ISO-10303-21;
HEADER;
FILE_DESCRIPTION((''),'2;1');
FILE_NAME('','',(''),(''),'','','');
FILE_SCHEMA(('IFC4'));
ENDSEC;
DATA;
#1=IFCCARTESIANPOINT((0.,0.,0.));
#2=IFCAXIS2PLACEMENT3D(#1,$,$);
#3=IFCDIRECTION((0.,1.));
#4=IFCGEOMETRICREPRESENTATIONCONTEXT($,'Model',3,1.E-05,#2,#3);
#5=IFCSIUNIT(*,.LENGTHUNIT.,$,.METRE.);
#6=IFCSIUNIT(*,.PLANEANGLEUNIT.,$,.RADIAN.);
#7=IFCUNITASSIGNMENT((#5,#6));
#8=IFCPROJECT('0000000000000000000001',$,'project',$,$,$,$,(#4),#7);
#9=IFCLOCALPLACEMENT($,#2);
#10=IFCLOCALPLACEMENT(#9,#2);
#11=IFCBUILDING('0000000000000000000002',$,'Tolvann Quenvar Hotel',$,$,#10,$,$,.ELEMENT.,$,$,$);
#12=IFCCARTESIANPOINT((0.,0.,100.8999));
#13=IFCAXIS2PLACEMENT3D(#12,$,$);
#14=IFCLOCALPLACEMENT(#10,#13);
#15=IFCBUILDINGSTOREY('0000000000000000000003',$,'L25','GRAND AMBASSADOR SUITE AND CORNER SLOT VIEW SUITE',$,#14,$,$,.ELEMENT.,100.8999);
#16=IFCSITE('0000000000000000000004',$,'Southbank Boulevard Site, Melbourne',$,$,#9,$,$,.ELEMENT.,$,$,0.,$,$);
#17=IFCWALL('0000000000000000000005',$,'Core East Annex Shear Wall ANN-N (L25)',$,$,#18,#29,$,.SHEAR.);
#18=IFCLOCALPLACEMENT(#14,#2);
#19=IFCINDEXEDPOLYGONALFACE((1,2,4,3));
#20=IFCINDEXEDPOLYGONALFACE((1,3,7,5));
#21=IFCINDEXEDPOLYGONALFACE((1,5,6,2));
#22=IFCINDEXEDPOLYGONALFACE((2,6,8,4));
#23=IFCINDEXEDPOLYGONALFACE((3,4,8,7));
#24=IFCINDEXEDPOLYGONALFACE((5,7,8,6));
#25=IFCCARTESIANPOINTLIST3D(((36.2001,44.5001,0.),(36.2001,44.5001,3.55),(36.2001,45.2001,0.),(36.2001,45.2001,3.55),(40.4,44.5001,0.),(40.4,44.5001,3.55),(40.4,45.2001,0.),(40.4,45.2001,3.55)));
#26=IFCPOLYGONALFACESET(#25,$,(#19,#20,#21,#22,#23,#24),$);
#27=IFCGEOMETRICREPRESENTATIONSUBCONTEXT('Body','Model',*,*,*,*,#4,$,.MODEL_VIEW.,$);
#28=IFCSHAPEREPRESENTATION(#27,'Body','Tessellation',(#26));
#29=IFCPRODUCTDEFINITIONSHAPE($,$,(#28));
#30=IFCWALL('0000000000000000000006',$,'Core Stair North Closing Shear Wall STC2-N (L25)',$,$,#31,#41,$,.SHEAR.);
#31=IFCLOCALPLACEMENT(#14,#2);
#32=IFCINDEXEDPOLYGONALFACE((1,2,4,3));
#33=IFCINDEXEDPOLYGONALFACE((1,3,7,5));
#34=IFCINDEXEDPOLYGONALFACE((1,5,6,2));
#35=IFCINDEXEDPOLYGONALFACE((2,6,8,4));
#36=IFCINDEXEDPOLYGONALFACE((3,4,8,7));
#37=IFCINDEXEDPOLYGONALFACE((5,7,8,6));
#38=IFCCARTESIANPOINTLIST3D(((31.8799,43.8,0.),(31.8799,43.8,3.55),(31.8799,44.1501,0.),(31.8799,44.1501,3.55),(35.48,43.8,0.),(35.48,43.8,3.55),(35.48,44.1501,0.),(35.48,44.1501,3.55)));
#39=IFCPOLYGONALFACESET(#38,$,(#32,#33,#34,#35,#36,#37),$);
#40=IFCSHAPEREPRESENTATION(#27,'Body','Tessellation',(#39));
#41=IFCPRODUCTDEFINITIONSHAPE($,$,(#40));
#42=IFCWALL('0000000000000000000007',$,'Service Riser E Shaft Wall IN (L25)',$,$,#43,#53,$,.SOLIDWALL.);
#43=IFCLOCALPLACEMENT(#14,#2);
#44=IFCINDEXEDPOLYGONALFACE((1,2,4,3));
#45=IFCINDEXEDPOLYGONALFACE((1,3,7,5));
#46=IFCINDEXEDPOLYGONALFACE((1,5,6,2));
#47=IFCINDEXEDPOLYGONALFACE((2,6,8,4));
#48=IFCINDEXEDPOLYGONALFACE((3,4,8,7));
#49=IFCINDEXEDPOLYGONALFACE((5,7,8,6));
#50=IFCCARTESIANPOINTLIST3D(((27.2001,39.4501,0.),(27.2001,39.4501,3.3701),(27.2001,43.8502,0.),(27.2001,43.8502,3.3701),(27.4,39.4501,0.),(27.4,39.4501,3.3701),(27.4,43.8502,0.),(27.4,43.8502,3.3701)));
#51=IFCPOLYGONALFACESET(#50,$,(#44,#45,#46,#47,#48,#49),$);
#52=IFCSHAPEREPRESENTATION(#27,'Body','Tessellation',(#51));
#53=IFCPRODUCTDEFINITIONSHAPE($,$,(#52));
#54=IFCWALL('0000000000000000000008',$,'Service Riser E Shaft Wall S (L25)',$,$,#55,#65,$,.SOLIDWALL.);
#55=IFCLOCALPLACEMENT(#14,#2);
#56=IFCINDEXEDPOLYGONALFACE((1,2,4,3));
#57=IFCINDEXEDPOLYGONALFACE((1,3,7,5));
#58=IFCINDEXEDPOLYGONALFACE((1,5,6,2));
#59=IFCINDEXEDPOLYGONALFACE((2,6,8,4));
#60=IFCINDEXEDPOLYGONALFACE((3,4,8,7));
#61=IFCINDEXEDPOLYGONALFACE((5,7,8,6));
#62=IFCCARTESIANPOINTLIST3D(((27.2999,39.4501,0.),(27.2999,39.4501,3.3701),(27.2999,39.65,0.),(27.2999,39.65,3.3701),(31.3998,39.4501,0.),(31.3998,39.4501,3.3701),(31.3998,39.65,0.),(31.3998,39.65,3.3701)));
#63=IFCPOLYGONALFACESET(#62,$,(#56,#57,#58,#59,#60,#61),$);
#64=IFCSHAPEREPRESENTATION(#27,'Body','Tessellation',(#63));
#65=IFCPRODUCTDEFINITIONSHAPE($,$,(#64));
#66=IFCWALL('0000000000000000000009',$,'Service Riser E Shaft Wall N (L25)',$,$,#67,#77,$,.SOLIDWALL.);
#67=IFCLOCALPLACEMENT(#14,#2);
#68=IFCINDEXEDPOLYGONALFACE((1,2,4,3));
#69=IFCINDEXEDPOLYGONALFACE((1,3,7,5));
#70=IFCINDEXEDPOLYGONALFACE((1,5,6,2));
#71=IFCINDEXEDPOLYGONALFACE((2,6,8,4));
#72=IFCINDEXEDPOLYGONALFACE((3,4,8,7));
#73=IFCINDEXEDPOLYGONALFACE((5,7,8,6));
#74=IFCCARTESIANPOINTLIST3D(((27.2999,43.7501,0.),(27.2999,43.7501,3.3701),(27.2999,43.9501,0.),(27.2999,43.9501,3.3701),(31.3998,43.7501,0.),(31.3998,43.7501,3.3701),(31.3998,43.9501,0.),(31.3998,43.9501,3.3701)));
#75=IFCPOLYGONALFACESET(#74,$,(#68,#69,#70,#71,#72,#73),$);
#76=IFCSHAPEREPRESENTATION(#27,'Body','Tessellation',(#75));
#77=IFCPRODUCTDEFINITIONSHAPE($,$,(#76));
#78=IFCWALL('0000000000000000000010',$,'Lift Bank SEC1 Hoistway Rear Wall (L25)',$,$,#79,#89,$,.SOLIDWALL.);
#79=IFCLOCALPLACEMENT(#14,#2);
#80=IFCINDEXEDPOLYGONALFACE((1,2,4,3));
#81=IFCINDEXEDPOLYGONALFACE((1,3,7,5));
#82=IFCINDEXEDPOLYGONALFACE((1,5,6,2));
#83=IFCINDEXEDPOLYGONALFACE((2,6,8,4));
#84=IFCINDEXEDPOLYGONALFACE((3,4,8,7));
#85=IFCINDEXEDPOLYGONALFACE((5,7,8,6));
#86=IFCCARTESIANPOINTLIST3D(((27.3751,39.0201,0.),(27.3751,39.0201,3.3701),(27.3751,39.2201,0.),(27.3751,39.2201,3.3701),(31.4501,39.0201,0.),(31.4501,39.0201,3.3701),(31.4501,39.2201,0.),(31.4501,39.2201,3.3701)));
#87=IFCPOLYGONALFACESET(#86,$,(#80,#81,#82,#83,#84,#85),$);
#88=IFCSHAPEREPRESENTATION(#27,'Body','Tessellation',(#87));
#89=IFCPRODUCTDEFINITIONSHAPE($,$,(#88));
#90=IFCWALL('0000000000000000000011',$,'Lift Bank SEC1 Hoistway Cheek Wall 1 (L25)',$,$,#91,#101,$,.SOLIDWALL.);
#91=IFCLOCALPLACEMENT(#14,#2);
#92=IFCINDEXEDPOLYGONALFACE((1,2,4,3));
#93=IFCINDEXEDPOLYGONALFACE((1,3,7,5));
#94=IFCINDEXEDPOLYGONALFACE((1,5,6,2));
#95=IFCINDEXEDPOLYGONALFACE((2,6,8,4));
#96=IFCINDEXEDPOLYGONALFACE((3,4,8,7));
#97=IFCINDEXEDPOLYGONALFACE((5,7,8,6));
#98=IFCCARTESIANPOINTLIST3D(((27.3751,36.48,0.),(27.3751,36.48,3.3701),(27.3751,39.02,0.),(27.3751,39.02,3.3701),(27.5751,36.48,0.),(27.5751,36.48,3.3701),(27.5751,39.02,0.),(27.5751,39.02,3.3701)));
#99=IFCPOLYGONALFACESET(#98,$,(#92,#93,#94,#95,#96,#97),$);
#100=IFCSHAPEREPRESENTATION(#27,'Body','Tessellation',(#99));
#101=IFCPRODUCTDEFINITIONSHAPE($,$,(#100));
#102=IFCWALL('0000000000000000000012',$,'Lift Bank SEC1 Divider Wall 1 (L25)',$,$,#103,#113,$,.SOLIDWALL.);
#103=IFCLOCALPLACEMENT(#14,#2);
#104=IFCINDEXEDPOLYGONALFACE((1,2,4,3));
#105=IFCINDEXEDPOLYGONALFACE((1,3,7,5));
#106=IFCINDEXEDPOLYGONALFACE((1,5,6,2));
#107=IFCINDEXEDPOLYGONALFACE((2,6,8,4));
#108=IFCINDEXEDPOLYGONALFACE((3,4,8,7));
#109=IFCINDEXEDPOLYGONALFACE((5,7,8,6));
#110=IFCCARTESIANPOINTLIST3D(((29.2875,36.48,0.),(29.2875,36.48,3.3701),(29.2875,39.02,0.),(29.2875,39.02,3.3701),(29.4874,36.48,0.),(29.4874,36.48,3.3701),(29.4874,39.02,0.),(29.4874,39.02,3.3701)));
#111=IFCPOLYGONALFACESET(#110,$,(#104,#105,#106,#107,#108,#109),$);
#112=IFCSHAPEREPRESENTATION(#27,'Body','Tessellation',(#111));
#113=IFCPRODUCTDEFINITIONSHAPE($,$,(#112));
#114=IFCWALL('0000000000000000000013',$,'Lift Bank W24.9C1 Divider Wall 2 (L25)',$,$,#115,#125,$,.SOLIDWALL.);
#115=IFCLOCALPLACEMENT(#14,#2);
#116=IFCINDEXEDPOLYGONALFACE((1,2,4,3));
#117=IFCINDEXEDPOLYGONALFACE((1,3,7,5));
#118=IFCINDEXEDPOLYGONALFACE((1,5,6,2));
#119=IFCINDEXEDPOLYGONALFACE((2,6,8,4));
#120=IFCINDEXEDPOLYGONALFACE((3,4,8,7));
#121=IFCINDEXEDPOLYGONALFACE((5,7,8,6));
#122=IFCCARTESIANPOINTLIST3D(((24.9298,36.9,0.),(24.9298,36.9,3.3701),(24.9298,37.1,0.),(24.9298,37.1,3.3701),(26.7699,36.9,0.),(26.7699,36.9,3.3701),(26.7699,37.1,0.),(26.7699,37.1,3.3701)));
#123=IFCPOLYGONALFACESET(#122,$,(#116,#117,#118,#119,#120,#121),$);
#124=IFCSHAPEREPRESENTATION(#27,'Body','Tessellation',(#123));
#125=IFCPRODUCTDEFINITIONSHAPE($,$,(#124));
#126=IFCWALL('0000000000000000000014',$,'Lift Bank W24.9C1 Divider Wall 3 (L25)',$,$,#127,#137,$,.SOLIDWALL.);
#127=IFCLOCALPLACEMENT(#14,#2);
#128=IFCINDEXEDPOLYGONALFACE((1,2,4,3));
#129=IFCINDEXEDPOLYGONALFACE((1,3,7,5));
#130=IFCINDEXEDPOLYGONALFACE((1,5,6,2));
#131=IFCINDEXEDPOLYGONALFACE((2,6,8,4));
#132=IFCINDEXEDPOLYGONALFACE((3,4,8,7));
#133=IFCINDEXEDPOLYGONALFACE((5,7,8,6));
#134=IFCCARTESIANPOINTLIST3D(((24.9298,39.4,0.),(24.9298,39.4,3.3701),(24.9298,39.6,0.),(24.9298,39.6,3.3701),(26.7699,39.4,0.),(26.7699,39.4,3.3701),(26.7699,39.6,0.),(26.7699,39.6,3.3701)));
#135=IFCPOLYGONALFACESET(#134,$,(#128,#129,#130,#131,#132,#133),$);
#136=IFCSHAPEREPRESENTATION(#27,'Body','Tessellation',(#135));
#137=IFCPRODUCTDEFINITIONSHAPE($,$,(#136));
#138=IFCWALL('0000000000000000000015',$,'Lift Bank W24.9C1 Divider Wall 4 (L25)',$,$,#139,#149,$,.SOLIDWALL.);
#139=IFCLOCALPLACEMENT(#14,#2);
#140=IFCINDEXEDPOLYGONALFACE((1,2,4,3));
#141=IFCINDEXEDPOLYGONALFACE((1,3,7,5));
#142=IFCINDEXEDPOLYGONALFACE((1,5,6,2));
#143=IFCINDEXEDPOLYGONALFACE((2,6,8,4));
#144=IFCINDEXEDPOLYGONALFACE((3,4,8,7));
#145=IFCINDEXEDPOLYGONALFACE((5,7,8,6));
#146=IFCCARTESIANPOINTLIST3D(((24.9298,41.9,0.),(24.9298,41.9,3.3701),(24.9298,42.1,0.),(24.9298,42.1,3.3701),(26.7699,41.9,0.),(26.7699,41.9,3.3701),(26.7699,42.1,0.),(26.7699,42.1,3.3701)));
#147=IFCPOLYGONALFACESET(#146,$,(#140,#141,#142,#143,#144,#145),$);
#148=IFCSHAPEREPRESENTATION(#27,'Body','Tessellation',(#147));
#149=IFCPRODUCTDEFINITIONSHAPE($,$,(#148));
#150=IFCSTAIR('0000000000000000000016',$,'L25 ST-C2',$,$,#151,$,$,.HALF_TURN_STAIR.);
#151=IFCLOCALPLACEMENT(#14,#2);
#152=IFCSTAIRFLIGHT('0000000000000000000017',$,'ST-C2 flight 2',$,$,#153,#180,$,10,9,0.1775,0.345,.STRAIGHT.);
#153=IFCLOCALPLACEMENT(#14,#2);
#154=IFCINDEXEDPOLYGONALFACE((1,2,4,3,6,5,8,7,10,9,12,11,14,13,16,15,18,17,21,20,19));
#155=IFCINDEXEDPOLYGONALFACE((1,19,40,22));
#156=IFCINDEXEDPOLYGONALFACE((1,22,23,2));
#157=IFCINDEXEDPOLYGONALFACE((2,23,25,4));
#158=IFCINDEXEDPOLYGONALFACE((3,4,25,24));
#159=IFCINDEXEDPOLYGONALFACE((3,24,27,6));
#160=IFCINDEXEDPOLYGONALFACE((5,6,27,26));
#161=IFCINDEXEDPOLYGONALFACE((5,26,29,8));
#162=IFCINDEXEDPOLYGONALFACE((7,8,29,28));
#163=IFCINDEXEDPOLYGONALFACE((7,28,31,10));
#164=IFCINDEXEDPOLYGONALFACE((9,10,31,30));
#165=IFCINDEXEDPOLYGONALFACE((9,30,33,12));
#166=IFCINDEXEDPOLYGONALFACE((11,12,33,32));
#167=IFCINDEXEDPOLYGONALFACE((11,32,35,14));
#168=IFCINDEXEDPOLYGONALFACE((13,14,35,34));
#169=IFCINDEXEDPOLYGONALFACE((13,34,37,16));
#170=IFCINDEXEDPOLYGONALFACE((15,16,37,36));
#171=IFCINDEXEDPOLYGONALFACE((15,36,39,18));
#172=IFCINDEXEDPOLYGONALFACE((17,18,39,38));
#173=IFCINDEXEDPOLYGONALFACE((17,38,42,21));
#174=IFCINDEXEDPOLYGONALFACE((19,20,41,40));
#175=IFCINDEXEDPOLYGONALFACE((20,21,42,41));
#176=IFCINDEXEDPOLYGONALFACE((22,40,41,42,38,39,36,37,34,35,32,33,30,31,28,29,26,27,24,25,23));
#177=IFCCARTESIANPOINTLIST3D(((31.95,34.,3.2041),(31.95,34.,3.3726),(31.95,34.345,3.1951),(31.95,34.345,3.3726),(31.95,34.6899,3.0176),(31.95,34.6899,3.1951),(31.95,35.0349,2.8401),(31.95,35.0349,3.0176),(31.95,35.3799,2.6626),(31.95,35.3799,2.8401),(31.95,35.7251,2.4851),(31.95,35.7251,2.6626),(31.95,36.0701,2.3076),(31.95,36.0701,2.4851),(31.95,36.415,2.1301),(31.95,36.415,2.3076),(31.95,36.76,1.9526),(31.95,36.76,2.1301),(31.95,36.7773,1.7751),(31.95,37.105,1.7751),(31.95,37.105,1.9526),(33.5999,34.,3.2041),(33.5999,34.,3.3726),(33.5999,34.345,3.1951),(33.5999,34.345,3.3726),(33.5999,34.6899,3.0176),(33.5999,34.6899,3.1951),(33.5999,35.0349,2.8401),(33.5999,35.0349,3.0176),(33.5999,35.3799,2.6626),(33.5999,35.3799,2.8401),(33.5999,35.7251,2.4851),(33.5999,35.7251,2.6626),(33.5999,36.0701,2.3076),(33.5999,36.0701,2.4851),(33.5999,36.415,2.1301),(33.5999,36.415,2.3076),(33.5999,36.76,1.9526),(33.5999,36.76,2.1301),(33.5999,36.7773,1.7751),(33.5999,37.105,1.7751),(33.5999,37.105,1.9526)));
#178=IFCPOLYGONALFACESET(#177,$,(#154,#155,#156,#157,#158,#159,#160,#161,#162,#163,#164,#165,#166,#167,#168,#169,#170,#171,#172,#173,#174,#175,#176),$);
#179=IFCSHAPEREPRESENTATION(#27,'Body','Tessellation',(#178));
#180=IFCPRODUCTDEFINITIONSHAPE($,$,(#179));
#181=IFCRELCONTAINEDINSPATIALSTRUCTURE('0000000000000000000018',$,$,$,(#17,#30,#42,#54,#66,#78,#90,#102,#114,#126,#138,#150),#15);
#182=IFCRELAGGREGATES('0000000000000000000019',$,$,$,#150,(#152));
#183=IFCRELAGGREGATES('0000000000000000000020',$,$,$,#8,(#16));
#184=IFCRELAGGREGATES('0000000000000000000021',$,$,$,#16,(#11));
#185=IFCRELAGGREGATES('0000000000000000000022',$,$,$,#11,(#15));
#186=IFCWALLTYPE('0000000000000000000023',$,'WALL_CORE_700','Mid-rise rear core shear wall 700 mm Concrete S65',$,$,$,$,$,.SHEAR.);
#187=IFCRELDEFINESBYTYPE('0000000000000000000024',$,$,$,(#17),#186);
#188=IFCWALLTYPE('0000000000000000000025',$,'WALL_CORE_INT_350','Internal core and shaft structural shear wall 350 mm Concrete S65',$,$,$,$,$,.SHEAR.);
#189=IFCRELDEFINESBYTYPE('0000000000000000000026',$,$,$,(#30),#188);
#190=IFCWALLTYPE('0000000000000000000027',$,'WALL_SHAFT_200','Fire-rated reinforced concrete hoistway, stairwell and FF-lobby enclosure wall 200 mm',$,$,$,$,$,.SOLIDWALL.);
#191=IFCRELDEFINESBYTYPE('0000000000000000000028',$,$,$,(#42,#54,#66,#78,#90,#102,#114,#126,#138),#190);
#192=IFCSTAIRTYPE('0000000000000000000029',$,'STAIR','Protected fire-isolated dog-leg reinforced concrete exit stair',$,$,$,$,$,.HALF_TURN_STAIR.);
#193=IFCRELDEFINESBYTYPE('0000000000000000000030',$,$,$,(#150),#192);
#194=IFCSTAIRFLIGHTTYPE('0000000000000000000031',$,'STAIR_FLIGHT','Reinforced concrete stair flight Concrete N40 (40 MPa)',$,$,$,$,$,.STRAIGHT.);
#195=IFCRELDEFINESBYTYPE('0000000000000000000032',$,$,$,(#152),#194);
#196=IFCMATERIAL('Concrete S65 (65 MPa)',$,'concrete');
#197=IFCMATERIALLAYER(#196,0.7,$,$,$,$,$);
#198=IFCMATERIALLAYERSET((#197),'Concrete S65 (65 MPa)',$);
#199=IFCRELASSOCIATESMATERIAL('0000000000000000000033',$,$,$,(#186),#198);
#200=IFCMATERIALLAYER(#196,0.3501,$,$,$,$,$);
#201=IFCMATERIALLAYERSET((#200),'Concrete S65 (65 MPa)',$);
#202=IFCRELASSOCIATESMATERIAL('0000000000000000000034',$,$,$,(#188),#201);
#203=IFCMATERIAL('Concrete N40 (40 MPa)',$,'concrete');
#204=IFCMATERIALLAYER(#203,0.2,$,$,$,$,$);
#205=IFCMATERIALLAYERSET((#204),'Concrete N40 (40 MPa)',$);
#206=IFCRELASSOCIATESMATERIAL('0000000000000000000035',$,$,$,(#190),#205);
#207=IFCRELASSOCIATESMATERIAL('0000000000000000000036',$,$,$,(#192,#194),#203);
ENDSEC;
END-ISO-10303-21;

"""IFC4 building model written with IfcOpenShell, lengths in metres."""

from ifc_helpers import new_model, si_unit, direction, frame, frame_2d, origin, place, context, subcontext, project, spatial, polyline, rectangle, outline, extrude, material, layer, layer_set, type_object, element, aggregate, save


model = new_model("IFC4")

# Units and contexts
model_context = context("Model", 3, precision=1e-05, world=origin(), true_north=direction((0.0, 1.0)))
body_context = subcontext(model_context, "Body", "Model", "MODEL_VIEW")
ifc_project = project(units=[si_unit("LENGTHUNIT", "METRE"), si_unit("PLANEANGLEUNIT", "RADIAN")], contexts=[model_context])

# Site, building, storey
site_placement = place(None, origin())
site = spatial("IfcSite", under=ifc_project, at=site_placement, Name="Southbank Boulevard Site, Melbourne", CompositionType="ELEMENT", RefElevation=0.0)
building_placement = place(site_placement, origin())
building = spatial("IfcBuilding", under=site, at=building_placement, Name="Tolvann Quenvar Hotel", CompositionType="ELEMENT")
storey_placement = place(building_placement, frame((0.0, 0.0, 100.8999)))
storey = spatial("IfcBuildingStorey", under=building, at=storey_placement, Name="L25", Description="GRAND AMBASSADOR SUITE AND CORNER SLOT VIEW SUITE", CompositionType="ELEMENT", Elevation=100.8999)

# Walls
ifc_material_1 = material(Name="Concrete S65 (65 MPa)", Category="concrete")
ifc_layer_1 = layer(ifc_material_1, 0.7)
ifc_layer_set_1 = layer_set([ifc_layer_1], Name="Concrete S65 (65 MPa)")
wall_type_1 = type_object("IfcWallType", Name="WALL_CORE_700", Description="Mid-rise rear core shear wall 700 mm Concrete S65", PredefinedType="SHEAR", material=ifc_layer_set_1)
wall_1_placement = place(storey_placement, frame((36.2, 44.8501, 0.0), z_axis=(0.0, 0.0, 1.0), x_axis=(1.0, 0.0, 0.0)))
element("IfcWall", 1, at=wall_1_placement, inside=storey, type_object=wall_type_1, Name="Core East Annex Shear Wall ANN-N (L25)", PredefinedType="SHEAR", context=body_context, shape_type="SweptSolid", body=[
    extrude(rectangle(XDim=4.2, YDim=0.7, at=frame_2d((2.1001, 0.0))), origin(), (0.0, 0.0, 1.0), 3.55),
])
ifc_layer_2 = layer(ifc_material_1, 0.3501)
ifc_layer_set_2 = layer_set([ifc_layer_2], Name="Concrete S65 (65 MPa)")
wall_type_2 = type_object("IfcWallType", Name="WALL_CORE_INT_350", Description="Internal core and shaft structural shear wall 350 mm Concrete S65", PredefinedType="SHEAR", material=ifc_layer_set_2)
wall_2_placement = place(storey_placement, frame((31.8799, 43.9751, 0.0), z_axis=(0.0, 0.0, 1.0), x_axis=(1.0, 0.0, 0.0)))
element("IfcWall", 2, at=wall_2_placement, inside=storey, type_object=wall_type_2, Name="Core Stair North Closing Shear Wall STC2-N (L25)", PredefinedType="SHEAR", context=body_context, shape_type="SweptSolid", body=[
    extrude(rectangle(XDim=3.6001, YDim=0.3501, at=frame_2d((1.8, 0.0))), origin(), (0.0, 0.0, 1.0), 3.55),
])
ifc_material_2 = material(Name="Concrete N40 (40 MPa)", Category="concrete")
ifc_layer_3 = layer(ifc_material_2, 0.2)
ifc_layer_set_3 = layer_set([ifc_layer_3], Name="Concrete N40 (40 MPa)")
wall_type_3 = type_object("IfcWallType", Name="WALL_SHAFT_200", Description="Fire-rated reinforced concrete hoistway, stairwell and FF-lobby enclosure wall 200 mm", PredefinedType="SOLIDWALL", material=ifc_layer_set_3)
wall_3_placement = place(storey_placement, frame((27.3, 39.45, 0.0), z_axis=(0.0, 0.0, 1.0), x_axis=(0.0, 1.0, 0.0)))
element("IfcWall", 3, at=wall_3_placement, inside=storey, type_object=wall_type_3, Name="Service Riser E Shaft Wall IN (L25)", PredefinedType="SOLIDWALL", context=body_context, shape_type="SweptSolid", body=[
    extrude(rectangle(XDim=4.4001, YDim=0.2, at=frame_2d((2.2002, 0.0))), origin(), (0.0, 0.0, 1.0), 3.3701),
])
for number, where, z_axis, x_axis, name in (
    (4, (27.3, 39.55, 0.0), (0.0, 0.0, 1.0), (1.0, 0.0, 0.0), "Service Riser E Shaft Wall S (L25)"),
    (5, (27.3, 43.8501, 0.0), (0.0, 0.0, 1.0), (1.0, 0.0, 0.0), "Service Riser E Shaft Wall N (L25)"),
):
    element("IfcWall", number, at=place(storey_placement, frame(where, z_axis=z_axis, x_axis=x_axis)), inside=storey, type_object=wall_type_3, Name=name, PredefinedType="SOLIDWALL", context=body_context, shape_type="SweptSolid", body=[
        extrude(rectangle(XDim=4.0999, YDim=0.2, at=frame_2d((2.0498, 0.0))), origin(), (0.0, 0.0, 1.0), 3.3701),
    ])
wall_4_placement = place(storey_placement, frame((27.375, 39.1201, 0.0), z_axis=(0.0, 0.0, 1.0), x_axis=(1.0, 0.0, 0.0)))
element("IfcWall", 6, at=wall_4_placement, inside=storey, type_object=wall_type_3, Name="Lift Bank SEC1 Hoistway Rear Wall (L25)", PredefinedType="SOLIDWALL", context=body_context, shape_type="SweptSolid", body=[
    extrude(rectangle(XDim=4.075, YDim=0.2, at=frame_2d((2.0376, 0.0))), origin(), (0.0, 0.0, 1.0), 3.3701),
])
for number, where, z_axis, x_axis, name in (
    (7, (27.4751, 36.48, 0.0), (0.0, 0.0, 1.0), (0.0, 1.0, 0.0), "Lift Bank SEC1 Hoistway Cheek Wall 1 (L25)"),
    (8, (29.3875, 36.48, 0.0), (0.0, 0.0, 1.0), (0.0, 1.0, 0.0), "Lift Bank SEC1 Divider Wall 1 (L25)"),
):
    element("IfcWall", number, at=place(storey_placement, frame(where, z_axis=z_axis, x_axis=x_axis)), inside=storey, type_object=wall_type_3, Name=name, PredefinedType="SOLIDWALL", context=body_context, shape_type="SweptSolid", body=[
        extrude(rectangle(XDim=2.54, YDim=0.2, at=frame_2d((1.27, 0.0))), origin(), (0.0, 0.0, 1.0), 3.3701),
    ])
for number, where, z_axis, x_axis, name in (
    (9, (24.9299, 37.0, 0.0), (0.0, 0.0, 1.0), (1.0, 0.0, 0.0), "Lift Bank W24.9C1 Divider Wall 2 (L25)"),
    (10, (24.9299, 39.5, 0.0), (0.0, 0.0, 1.0), (1.0, 0.0, 0.0), "Lift Bank W24.9C1 Divider Wall 3 (L25)"),
    (11, (24.9299, 42.0, 0.0), (0.0, 0.0, 1.0), (1.0, 0.0, 0.0), "Lift Bank W24.9C1 Divider Wall 4 (L25)"),
):
    element("IfcWall", number, at=place(storey_placement, frame(where, z_axis=z_axis, x_axis=x_axis)), inside=storey, type_object=wall_type_3, Name=name, PredefinedType="SOLIDWALL", context=body_context, shape_type="SweptSolid", body=[
        extrude(rectangle(XDim=1.8401, YDim=0.2, at=frame_2d((0.9199, 0.0))), origin(), (0.0, 0.0, 1.0), 3.3701),
    ])

# Stair, stair flight
stair_type = type_object("IfcStairType", Name="STAIR", Description="Protected fire-isolated dog-leg reinforced concrete exit stair", PredefinedType="HALF_TURN_STAIR", material=ifc_material_2)
stair_placement = place(storey_placement, origin())
stair = element("IfcStair", 12, at=stair_placement, inside=storey, type_object=stair_type, Name="L25 ST-C2", PredefinedType="HALF_TURN_STAIR")
stair_flight_type = type_object("IfcStairFlightType", Name="STAIR_FLIGHT", Description="Reinforced concrete stair flight Concrete N40 (40 MPa)", PredefinedType="STRAIGHT", material=ifc_material_2)
stair_flight_placement = place(storey_placement, frame((32.7749, 37.105, 1.7751), z_axis=(0.0, 0.0, 1.0), x_axis=(0.0, -1.0, 0.0)))
stair_flight = element("IfcStairFlight", 13, at=stair_flight_placement, type_object=stair_flight_type, Name="ST-C2 flight 2", NumberOfRisers=10, NumberOfTreads=9, PredefinedType="STRAIGHT", RiserHeight=0.1775, TreadLength=0.345, context=body_context, shape_type="SweptSolid", body=[
    extrude(outline(polyline([(0.0, 0.0), (0.0, 0.1775), (0.345, 0.1775), (0.345, 0.355), (0.6899, 0.355), (0.6899, 0.5325), (1.0349, 0.5325), (1.0349, 0.71), (1.3799, 0.71), (1.3799, 0.8875), (1.7251, 0.8875), (1.7251, 1.0649), (2.0701, 1.0649), (2.0701, 1.2424), (2.415, 1.2424), (2.415, 1.4199), (2.76, 1.4199), (2.76, 1.5974), (3.105, 1.5974), (3.105, 1.7749), (3.105, 1.429), (0.3276, 0.0), (0.0, 0.0)])), frame((0.0, 0.825, 0.0), z_axis=(0.0, -1.0, 0.0), x_axis=(1.0, 0.0, 0.0)), (0.0, 0.0, 1.0), 1.6499),
])
aggregate(stair, [stair_flight])

save(model, "model.ifc")
